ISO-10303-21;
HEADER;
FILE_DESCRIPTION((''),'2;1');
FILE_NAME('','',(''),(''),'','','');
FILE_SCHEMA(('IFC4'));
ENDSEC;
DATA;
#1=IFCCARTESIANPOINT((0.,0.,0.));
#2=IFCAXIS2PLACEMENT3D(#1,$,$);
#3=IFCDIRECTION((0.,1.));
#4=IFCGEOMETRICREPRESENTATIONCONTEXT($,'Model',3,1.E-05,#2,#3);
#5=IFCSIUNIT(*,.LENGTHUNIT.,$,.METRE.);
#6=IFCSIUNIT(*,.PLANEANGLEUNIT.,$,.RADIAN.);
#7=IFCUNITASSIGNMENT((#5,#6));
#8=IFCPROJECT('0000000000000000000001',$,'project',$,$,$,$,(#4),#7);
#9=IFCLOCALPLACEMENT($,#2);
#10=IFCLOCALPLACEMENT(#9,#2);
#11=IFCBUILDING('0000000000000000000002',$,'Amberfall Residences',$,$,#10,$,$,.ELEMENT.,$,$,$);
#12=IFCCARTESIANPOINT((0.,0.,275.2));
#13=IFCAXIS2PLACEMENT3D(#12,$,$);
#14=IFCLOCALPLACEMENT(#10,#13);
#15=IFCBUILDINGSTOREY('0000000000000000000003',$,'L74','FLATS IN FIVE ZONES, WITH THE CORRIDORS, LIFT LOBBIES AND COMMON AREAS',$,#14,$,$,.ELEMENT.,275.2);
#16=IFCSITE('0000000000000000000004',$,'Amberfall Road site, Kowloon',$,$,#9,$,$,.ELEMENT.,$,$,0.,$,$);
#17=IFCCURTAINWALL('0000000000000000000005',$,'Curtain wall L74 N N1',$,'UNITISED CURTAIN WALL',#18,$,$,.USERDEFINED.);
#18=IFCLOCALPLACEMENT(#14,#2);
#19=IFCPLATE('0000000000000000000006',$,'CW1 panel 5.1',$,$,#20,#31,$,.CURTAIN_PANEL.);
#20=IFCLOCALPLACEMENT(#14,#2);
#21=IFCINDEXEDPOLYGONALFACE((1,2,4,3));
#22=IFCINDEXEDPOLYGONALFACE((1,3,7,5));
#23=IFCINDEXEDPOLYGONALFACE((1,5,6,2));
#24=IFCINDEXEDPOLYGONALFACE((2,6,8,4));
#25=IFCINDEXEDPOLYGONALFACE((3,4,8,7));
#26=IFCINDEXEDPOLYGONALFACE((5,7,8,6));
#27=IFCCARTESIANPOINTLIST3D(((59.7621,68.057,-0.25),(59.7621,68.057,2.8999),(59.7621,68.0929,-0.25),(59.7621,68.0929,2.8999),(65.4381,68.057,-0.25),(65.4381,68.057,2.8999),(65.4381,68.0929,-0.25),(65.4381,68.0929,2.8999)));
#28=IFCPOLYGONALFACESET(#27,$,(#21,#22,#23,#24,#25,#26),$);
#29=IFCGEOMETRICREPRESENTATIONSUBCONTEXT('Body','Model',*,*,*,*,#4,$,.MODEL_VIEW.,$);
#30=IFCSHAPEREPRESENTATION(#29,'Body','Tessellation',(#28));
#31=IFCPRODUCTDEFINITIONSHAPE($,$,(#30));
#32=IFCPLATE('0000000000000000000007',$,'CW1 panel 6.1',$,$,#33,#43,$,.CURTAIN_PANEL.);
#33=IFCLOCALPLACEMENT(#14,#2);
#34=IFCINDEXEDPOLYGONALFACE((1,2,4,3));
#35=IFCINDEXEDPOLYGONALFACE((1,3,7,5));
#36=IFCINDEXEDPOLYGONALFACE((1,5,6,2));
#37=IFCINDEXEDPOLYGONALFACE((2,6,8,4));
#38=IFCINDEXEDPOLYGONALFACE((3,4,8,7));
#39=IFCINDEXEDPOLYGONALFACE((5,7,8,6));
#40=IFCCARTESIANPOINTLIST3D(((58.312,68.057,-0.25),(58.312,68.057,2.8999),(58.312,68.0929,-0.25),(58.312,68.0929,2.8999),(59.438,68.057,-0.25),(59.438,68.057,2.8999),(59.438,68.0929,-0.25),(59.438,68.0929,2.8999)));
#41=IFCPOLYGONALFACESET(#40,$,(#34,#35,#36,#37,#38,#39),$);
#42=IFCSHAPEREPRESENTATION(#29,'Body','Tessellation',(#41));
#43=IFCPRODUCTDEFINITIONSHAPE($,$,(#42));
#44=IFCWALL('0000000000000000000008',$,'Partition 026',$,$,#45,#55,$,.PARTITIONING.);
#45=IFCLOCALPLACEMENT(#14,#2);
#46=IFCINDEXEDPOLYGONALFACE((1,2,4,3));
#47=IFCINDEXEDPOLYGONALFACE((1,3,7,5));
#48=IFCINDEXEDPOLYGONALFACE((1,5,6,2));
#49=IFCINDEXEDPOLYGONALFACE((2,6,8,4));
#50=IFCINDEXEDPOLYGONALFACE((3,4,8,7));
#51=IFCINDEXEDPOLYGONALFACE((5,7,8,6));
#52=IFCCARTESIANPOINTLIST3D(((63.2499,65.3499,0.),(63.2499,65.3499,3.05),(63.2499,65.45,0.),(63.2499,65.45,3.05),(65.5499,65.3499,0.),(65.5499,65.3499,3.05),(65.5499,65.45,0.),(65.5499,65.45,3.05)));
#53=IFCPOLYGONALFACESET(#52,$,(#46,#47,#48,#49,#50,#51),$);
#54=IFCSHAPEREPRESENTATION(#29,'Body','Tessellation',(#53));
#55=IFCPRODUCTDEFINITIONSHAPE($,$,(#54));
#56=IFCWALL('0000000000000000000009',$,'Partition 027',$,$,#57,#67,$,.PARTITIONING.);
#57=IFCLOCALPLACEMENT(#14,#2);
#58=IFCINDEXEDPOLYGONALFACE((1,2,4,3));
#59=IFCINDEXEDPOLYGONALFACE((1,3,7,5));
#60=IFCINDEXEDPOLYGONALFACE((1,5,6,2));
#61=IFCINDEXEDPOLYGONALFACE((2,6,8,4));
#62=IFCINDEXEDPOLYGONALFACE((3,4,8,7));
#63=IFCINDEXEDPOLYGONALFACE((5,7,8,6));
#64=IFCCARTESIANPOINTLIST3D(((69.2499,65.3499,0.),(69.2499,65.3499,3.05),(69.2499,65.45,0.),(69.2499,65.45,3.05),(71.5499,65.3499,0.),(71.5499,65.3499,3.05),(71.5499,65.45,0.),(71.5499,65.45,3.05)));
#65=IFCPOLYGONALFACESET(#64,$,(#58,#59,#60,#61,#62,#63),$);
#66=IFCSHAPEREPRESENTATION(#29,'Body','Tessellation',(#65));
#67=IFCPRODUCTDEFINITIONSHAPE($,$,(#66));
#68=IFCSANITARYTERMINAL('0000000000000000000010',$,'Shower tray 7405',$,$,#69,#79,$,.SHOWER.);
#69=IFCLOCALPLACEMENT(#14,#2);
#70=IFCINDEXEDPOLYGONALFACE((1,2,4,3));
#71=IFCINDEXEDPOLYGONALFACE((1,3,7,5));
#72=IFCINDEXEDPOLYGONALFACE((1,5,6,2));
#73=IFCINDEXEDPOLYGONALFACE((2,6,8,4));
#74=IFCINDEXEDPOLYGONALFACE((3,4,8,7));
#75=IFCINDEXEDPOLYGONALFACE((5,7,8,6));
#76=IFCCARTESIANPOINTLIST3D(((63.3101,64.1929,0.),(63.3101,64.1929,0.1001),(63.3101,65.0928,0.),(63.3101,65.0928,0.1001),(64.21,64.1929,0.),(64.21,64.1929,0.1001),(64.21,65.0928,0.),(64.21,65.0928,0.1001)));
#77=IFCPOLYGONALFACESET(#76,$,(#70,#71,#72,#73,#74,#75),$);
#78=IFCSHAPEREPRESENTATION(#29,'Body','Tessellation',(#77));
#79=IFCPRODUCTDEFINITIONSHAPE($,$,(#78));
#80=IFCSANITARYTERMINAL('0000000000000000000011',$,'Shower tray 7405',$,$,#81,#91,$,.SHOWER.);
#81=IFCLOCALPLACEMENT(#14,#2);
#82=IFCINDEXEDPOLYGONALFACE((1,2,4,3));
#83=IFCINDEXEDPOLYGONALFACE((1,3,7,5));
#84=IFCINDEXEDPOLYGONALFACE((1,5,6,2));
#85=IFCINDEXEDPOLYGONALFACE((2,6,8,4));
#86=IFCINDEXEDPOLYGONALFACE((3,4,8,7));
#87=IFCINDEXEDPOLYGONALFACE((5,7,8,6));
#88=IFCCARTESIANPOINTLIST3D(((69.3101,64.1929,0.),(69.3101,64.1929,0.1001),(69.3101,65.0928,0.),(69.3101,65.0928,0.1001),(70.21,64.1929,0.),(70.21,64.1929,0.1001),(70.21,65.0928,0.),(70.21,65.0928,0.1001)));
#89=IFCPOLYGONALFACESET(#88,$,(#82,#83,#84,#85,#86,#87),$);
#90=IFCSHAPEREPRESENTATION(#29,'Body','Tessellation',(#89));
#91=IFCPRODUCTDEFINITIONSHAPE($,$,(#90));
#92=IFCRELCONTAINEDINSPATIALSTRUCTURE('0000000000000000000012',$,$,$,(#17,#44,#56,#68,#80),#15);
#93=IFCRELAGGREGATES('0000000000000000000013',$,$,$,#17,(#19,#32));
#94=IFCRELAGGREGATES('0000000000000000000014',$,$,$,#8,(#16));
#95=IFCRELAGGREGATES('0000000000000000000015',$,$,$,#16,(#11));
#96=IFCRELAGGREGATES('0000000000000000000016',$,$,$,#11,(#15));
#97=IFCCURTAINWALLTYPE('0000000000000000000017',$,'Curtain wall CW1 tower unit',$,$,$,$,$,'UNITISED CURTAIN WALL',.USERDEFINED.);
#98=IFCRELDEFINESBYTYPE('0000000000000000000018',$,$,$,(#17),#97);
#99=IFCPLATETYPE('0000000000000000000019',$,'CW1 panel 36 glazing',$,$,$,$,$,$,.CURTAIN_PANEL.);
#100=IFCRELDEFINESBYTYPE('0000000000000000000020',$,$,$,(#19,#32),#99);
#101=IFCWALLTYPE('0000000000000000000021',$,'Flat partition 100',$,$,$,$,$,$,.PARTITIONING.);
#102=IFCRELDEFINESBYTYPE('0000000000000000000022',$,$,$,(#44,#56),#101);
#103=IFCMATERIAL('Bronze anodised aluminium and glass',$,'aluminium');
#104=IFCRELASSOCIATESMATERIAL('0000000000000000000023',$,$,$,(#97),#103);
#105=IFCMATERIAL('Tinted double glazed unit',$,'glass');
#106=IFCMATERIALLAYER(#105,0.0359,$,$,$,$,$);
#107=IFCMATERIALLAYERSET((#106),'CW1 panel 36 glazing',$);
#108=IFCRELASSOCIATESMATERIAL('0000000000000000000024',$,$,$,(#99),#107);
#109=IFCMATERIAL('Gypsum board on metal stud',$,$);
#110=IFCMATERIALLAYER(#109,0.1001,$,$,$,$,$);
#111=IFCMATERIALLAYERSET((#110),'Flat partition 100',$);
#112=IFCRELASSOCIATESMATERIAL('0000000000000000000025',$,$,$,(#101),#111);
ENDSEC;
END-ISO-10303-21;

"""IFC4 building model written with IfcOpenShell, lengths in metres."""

from ifc_helpers import new_model, si_unit, direction, frame, frame_2d, origin, origin_2d, place, context, subcontext, project, spatial, rectangle, extrude, material, layer, layer_set, type_object, element, aggregate, save


model = new_model("IFC4")

# Units and contexts
model_context = context("Model", 3, precision=1e-05, world=origin(), true_north=direction((0.0, 1.0)))
body_context = subcontext(model_context, "Body", "Model", "MODEL_VIEW")
ifc_project = project(units=[si_unit("LENGTHUNIT", "METRE"), si_unit("PLANEANGLEUNIT", "RADIAN")], contexts=[model_context])

# Site, building, storey
site_placement = place(None, origin())
site = spatial("IfcSite", under=ifc_project, at=site_placement, Name="Amberfall Road site, Kowloon", CompositionType="ELEMENT", RefElevation=0.0)
building_placement = place(site_placement, origin())
building = spatial("IfcBuilding", under=site, at=building_placement, Name="Amberfall Residences", CompositionType="ELEMENT")
storey_placement = place(building_placement, frame((0.0, 0.0, 275.2)))
storey = spatial("IfcBuildingStorey", under=building, at=storey_placement, Name="L74", Description="FLATS IN FIVE ZONES, WITH THE CORRIDORS, LIFT LOBBIES AND COMMON AREAS", CompositionType="ELEMENT", Elevation=275.2)

# Curtain wall
ifc_material_1 = material(Name="Bronze anodised aluminium and glass", Category="aluminium")
curtain_wall_type = type_object("IfcCurtainWallType", Name="Curtain wall CW1 tower unit", ElementType="UNITISED CURTAIN WALL", PredefinedType="USERDEFINED", material=ifc_material_1)
curtain_wall_placement = place(storey_placement, origin())
curtain_wall = element("IfcCurtainWall", 1, at=curtain_wall_placement, inside=storey, type_object=curtain_wall_type, Name="Curtain wall L74 N N1", ObjectType="UNITISED CURTAIN WALL", PredefinedType="USERDEFINED")

# Plates
ifc_material_2 = material(Name="Tinted double glazed unit", Category="glass")
ifc_layer_1 = layer(ifc_material_2, 0.0359)
ifc_layer_set_1 = layer_set([ifc_layer_1], Name="CW1 panel 36 glazing")
plate_type = type_object("IfcPlateType", Name="CW1 panel 36 glazing", PredefinedType="CURTAIN_PANEL", material=ifc_layer_set_1)
plate_1_placement = place(storey_placement, frame((62.6001, 68.075, -0.25), z_axis=(0.0, 0.0, 1.0), x_axis=(-1.0, 0.0, 0.0)))
plate_1 = element("IfcPlate", 2, at=plate_1_placement, type_object=plate_type, Name="CW1 panel 5.1", PredefinedType="CURTAIN_PANEL", context=body_context, shape_type="SweptSolid", body=[
    extrude(rectangle(XDim=5.676, YDim=0.0359, at=origin_2d()), origin(), (0.0, 0.0, 1.0), 3.1499),
])
plate_2_placement = place(storey_placement, frame((58.875, 68.075, -0.25), z_axis=(0.0, 0.0, 1.0), x_axis=(-1.0, 0.0, 0.0)))
plate_2 = element("IfcPlate", 3, at=plate_2_placement, type_object=plate_type, Name="CW1 panel 6.1", PredefinedType="CURTAIN_PANEL", context=body_context, shape_type="SweptSolid", body=[
    extrude(rectangle(XDim=1.126, YDim=0.0359, at=origin_2d()), origin(), (0.0, 0.0, 1.0), 3.1499),
])
aggregate(curtain_wall, [plate_1, plate_2])

# Walls
ifc_material_3 = material(Name="Gypsum board on metal stud")
ifc_layer_2 = layer(ifc_material_3, 0.1001)
ifc_layer_set_2 = layer_set([ifc_layer_2], Name="Flat partition 100")
wall_type = type_object("IfcWallType", Name="Flat partition 100", PredefinedType="PARTITIONING", material=ifc_layer_set_2)
for number, where, z_axis, x_axis, name in (
    (4, (63.25, 65.3999, 0.0), (0.0, 0.0, 1.0), (1.0, 0.0, 0.0), "Partition 026"),
    (5, (69.25, 65.3999, 0.0), (0.0, 0.0, 1.0), (1.0, 0.0, 0.0), "Partition 027"),
):
    element("IfcWall", number, at=place(storey_placement, frame(where, z_axis=z_axis, x_axis=x_axis)), inside=storey, type_object=wall_type, Name=name, PredefinedType="PARTITIONING", context=body_context, shape_type="SweptSolid", body=[
        extrude(rectangle(XDim=2.3, YDim=0.1001, at=frame_2d((1.1499, 0.0))), origin(), (0.0, 0.0, 1.0), 3.05),
    ])

# Sanitary terminals
for number, where, z_axis, x_axis, name in (
    (6, (63.76, 64.6428, 0.0), (0.0, 0.0, 1.0), (1.0, 0.0, 0.0), "Shower tray 7405"),
    (7, (69.76, 64.6428, 0.0), (0.0, 0.0, 1.0), (1.0, 0.0, 0.0), "Shower tray 7405"),
):
    element("IfcSanitaryTerminal", number, at=place(storey_placement, frame(where, z_axis=z_axis, x_axis=x_axis)), inside=storey, Name=name, PredefinedType="SHOWER", context=body_context, shape_type="SweptSolid", body=[
        extrude(rectangle(XDim=0.8999, YDim=0.8999, at=origin_2d()), origin(), (0.0, 0.0, 1.0), 0.1001),
    ])

save(model, "model.ifc")
